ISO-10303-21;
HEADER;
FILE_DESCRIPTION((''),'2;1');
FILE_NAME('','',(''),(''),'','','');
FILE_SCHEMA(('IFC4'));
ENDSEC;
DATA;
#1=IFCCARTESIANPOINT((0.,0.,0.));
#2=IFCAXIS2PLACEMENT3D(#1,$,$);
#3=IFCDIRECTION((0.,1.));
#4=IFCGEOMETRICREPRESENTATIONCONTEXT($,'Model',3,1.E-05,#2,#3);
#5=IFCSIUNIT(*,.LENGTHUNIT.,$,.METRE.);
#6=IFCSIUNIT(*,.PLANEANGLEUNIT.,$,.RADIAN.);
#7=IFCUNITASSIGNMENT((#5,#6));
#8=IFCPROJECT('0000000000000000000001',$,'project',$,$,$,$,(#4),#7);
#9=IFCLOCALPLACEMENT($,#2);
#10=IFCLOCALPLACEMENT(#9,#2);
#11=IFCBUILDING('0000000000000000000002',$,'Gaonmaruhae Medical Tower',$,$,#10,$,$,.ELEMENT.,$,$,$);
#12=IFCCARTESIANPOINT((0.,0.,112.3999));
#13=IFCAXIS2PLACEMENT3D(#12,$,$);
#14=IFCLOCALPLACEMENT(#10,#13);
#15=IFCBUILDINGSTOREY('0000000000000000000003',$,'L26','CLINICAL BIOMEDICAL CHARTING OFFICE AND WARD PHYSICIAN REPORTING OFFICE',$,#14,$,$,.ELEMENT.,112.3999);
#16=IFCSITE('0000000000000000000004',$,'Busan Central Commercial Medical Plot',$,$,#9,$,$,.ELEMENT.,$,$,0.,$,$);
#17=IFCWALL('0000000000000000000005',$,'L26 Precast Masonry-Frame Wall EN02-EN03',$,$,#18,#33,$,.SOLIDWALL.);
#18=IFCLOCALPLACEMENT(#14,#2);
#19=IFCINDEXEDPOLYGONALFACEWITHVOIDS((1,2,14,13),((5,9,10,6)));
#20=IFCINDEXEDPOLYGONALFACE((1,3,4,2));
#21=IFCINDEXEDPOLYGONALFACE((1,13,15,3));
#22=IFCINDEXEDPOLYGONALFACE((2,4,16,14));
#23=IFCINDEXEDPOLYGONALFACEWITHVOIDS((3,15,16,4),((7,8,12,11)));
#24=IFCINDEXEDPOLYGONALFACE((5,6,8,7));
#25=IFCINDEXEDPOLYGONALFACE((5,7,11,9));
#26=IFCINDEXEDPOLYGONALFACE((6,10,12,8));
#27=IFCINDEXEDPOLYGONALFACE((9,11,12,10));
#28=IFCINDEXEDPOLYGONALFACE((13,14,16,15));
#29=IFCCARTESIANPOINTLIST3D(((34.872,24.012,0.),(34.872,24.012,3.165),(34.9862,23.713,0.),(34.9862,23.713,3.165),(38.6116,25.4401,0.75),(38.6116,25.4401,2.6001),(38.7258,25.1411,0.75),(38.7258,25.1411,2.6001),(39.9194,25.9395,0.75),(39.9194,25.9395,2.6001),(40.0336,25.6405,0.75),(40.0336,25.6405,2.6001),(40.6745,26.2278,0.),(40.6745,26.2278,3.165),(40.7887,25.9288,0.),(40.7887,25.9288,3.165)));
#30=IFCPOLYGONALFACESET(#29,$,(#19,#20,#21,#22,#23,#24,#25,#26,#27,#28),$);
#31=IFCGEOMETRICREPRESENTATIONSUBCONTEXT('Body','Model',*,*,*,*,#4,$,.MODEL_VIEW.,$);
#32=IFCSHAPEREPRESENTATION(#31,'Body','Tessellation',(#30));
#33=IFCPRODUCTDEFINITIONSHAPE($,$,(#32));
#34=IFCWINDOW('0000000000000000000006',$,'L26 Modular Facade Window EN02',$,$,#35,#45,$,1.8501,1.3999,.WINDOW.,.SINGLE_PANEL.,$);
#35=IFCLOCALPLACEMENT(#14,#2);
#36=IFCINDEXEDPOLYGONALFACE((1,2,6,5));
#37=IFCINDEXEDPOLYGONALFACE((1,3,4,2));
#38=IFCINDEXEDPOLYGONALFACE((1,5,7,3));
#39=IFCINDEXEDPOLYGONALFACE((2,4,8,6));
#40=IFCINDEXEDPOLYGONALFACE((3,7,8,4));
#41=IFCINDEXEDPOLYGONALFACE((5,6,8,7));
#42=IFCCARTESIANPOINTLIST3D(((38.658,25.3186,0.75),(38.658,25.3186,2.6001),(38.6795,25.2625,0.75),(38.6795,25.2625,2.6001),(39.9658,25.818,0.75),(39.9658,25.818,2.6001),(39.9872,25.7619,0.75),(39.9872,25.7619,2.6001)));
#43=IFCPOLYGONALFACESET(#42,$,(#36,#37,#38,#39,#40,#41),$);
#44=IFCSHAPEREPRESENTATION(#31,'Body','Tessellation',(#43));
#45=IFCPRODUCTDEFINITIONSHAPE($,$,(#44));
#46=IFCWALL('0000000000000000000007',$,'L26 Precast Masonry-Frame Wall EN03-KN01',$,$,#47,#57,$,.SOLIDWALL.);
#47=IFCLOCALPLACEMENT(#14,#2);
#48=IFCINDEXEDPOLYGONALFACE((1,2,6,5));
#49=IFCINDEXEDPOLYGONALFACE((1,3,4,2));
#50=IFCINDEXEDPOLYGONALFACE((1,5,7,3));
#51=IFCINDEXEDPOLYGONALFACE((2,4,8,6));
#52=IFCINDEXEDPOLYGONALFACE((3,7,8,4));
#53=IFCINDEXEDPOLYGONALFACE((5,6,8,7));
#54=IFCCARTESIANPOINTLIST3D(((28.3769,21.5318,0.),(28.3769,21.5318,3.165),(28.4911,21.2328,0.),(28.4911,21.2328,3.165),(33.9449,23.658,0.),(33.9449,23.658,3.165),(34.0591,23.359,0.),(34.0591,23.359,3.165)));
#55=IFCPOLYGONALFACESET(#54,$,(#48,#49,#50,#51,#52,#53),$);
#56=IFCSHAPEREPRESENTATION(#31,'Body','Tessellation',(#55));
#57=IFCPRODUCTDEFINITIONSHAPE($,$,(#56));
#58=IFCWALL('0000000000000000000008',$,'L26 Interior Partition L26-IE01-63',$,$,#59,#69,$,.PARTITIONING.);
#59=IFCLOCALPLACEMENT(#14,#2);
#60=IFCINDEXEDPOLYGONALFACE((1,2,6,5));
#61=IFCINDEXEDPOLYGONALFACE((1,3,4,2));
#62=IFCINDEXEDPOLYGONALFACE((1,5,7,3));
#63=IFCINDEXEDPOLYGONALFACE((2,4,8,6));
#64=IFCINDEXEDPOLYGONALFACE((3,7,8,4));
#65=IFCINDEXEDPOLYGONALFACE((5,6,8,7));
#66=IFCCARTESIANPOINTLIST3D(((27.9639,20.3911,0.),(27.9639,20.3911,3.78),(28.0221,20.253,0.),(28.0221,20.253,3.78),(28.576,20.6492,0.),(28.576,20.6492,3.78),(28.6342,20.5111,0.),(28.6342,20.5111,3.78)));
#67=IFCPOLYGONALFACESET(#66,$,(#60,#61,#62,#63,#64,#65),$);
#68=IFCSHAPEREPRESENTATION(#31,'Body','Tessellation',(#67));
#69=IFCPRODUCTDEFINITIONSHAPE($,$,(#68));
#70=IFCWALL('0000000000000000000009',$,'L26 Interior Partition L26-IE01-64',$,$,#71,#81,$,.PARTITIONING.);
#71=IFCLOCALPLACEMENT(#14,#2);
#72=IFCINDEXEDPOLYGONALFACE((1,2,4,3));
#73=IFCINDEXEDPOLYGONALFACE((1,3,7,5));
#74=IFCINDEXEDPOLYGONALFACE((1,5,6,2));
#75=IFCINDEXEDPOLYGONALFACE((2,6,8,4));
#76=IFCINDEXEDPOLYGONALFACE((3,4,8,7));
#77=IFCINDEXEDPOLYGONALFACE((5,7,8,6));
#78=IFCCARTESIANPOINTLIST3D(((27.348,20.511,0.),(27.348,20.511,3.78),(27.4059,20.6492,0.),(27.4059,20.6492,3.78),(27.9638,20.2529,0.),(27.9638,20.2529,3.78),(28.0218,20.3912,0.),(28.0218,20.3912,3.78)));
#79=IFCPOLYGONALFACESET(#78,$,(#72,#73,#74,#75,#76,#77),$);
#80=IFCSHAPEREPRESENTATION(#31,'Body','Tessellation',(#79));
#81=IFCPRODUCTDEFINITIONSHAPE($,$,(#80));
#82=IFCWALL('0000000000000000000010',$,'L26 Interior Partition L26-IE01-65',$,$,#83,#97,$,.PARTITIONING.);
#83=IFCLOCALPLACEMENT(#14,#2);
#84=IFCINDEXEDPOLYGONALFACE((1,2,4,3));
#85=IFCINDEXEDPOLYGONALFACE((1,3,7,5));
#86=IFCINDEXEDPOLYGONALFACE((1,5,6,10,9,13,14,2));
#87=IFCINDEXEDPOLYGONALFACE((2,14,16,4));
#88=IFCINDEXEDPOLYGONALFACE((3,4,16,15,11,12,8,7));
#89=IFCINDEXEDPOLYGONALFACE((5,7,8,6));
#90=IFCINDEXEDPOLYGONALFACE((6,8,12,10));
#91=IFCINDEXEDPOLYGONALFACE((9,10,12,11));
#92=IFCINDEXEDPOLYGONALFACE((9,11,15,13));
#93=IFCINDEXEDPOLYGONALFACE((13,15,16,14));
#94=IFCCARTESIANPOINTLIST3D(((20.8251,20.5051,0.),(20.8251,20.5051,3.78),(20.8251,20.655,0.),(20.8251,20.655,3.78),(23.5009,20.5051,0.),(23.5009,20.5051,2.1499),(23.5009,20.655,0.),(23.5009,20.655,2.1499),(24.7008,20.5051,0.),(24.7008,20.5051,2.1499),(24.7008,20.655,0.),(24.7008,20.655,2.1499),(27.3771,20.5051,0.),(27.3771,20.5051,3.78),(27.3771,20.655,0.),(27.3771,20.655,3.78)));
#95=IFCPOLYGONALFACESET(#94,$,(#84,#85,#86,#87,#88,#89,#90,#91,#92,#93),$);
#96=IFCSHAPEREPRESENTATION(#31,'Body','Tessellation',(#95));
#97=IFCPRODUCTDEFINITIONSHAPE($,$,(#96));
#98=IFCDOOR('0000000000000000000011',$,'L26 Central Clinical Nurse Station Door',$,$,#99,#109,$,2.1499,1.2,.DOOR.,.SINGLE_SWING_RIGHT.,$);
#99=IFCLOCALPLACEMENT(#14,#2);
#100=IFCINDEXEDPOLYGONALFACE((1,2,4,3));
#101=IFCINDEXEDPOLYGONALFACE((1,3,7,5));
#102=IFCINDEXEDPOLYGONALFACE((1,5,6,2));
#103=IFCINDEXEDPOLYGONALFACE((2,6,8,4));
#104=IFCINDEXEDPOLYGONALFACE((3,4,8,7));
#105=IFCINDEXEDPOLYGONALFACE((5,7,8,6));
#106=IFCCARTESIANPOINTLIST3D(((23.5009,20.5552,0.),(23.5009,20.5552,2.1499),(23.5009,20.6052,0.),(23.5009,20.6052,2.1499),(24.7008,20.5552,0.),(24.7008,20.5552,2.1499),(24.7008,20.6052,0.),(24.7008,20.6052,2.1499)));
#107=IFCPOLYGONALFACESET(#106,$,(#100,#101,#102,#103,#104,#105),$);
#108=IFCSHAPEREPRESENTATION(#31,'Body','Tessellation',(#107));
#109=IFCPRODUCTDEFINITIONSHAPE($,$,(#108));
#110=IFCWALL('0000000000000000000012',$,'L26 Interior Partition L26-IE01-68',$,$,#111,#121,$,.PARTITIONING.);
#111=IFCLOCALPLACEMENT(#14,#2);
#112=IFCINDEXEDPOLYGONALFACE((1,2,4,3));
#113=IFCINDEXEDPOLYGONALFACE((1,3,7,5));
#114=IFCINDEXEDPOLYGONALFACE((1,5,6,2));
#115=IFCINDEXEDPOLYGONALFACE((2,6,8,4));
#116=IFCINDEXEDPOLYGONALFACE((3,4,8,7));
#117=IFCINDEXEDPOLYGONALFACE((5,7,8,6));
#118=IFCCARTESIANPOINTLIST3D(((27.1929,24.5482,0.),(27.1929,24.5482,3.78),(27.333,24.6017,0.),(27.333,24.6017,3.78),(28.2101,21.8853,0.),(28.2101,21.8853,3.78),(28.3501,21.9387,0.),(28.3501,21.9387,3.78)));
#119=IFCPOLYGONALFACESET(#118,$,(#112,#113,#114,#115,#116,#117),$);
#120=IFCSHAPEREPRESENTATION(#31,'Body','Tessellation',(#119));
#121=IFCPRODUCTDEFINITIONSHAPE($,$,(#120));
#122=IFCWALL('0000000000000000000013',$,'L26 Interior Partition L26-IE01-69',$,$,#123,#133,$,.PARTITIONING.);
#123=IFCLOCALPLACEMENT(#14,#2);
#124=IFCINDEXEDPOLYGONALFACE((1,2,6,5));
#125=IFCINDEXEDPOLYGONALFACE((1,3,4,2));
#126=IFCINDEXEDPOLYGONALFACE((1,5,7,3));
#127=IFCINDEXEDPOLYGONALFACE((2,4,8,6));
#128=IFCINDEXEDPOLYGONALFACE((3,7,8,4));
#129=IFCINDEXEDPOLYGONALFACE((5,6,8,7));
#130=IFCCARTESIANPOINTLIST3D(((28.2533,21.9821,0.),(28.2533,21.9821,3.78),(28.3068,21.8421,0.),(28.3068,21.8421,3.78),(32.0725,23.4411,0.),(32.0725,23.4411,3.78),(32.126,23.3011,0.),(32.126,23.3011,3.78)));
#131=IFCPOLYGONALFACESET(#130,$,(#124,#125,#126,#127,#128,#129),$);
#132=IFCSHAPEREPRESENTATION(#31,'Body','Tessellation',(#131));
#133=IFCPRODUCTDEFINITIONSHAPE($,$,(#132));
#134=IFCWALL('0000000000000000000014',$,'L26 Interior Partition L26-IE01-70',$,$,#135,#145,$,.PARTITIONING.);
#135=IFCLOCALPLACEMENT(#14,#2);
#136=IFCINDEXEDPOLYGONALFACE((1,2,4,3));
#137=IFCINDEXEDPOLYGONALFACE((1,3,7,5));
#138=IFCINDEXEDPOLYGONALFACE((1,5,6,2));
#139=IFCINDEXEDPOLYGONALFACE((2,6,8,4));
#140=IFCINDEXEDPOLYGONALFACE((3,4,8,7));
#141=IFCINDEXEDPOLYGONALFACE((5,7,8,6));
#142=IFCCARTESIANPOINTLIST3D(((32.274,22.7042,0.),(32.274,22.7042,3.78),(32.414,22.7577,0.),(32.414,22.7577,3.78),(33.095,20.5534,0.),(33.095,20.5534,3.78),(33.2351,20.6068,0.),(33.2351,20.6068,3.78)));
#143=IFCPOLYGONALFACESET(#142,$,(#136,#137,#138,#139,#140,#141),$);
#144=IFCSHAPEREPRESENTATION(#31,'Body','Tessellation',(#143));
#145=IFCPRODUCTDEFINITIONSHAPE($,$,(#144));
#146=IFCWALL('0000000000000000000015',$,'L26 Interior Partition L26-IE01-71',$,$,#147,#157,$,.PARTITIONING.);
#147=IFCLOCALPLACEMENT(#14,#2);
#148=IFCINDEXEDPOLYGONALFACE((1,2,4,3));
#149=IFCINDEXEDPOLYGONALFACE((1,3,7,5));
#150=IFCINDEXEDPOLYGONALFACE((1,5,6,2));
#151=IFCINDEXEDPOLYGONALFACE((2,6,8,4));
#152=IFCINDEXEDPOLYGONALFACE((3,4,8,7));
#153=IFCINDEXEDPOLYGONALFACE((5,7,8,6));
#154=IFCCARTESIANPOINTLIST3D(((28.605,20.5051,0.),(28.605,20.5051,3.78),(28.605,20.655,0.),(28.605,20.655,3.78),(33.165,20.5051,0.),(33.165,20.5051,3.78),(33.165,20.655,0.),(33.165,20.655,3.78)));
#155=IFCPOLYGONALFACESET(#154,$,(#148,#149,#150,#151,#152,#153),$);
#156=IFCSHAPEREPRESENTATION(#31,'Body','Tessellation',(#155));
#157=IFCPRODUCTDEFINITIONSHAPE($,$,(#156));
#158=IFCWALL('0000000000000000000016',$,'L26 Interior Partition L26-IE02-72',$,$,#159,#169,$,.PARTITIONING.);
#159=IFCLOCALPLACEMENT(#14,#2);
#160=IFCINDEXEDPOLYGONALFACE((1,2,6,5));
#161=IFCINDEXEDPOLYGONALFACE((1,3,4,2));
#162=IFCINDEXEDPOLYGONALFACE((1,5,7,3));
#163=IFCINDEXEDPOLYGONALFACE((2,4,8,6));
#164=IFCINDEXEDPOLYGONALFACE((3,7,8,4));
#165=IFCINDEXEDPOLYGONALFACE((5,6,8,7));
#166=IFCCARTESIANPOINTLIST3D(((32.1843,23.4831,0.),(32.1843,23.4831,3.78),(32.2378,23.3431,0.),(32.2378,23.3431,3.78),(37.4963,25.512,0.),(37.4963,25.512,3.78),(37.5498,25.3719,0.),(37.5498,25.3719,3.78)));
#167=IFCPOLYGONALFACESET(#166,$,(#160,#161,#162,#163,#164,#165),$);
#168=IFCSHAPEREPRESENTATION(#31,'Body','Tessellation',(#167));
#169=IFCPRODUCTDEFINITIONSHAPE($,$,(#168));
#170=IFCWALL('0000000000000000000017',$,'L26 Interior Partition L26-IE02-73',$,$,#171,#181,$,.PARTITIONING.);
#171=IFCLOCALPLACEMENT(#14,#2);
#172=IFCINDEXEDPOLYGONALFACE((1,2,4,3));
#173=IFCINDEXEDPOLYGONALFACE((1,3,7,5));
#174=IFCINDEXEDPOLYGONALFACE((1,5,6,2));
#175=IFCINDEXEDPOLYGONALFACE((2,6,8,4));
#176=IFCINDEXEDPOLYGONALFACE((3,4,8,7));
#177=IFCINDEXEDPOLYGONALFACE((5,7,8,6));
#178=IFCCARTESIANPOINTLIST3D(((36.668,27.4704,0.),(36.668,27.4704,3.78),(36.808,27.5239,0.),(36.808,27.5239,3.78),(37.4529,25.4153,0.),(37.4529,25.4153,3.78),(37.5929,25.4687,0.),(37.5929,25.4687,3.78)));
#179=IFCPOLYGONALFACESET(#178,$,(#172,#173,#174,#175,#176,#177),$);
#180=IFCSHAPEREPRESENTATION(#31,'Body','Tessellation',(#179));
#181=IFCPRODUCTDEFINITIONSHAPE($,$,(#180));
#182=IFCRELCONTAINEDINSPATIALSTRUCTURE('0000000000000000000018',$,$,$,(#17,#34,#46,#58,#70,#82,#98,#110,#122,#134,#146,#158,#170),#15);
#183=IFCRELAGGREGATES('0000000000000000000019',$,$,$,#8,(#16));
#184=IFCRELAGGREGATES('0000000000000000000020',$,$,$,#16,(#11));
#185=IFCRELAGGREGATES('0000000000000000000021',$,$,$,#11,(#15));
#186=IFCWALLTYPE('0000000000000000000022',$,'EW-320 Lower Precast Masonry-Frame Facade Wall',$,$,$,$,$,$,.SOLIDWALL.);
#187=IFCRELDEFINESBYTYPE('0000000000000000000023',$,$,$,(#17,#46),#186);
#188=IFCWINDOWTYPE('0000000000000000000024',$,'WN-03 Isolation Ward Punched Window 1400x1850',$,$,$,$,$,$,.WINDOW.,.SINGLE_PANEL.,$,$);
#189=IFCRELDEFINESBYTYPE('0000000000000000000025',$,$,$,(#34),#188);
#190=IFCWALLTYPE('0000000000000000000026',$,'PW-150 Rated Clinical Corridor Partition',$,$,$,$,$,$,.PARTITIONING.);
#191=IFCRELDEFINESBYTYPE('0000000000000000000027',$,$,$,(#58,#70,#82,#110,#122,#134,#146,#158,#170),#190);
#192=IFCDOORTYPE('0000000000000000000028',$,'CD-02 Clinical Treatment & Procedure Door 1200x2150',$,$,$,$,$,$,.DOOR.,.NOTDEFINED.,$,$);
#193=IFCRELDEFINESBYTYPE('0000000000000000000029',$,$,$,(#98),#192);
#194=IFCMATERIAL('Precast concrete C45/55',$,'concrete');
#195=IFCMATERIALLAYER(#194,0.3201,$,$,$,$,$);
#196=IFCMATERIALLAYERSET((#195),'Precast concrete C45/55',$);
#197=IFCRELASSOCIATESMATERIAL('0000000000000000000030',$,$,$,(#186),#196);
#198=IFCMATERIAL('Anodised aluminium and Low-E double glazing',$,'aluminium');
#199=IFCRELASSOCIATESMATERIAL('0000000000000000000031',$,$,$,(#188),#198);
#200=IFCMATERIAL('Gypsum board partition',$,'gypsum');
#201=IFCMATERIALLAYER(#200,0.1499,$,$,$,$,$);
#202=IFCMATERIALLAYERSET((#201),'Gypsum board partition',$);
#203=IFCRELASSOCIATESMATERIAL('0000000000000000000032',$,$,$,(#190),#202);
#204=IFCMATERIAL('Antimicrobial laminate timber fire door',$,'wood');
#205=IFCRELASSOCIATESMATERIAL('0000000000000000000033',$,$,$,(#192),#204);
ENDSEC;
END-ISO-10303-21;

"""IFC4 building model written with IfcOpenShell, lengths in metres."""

from ifc_helpers import new_model, si_unit, direction, frame, frame_2d, origin, place, context, subcontext, project, spatial, rectangle, extrude, material, layer, layer_set, type_object, element, fill, save


model = new_model("IFC4")

# Units and contexts
model_context = context("Model", 3, precision=1e-05, world=origin(), true_north=direction((0.0, 1.0)))
body_context = subcontext(model_context, "Body", "Model", "MODEL_VIEW")
ifc_project = project(units=[si_unit("LENGTHUNIT", "METRE"), si_unit("PLANEANGLEUNIT", "RADIAN")], contexts=[model_context])

# Site, building, storey
site_placement = place(None, origin())
site = spatial("IfcSite", under=ifc_project, at=site_placement, Name="Busan Central Commercial Medical Plot", CompositionType="ELEMENT", RefElevation=0.0)
building_placement = place(site_placement, origin())
building = spatial("IfcBuilding", under=site, at=building_placement, Name="Gaonmaruhae Medical Tower", CompositionType="ELEMENT")
storey_placement = place(building_placement, frame((0.0, 0.0, 112.3999)))
storey = spatial("IfcBuildingStorey", under=building, at=storey_placement, Name="L26", Description="CLINICAL BIOMEDICAL CHARTING OFFICE AND WARD PHYSICIAN REPORTING OFFICE", CompositionType="ELEMENT", Elevation=112.3999)

# Wall, opening, window
ifc_material_1 = material(Name="Precast concrete C45/55", Category="concrete")
ifc_layer_1 = layer(ifc_material_1, 0.3201)
ifc_layer_set_1 = layer_set([ifc_layer_1], Name="Precast concrete C45/55")
wall_type_1 = type_object("IfcWallType", Name="EW-320 Lower Precast Masonry-Frame Facade Wall", PredefinedType="SOLIDWALL", material=ifc_layer_set_1)
wall_1_placement = place(storey_placement, frame((34.9292, 23.8625, 0.0), z_axis=(0.0, 0.0, 1.0), x_axis=(0.934201, 0.356747, 0.0)))
wall_1 = element("IfcWall", 1, at=wall_1_placement, inside=storey, type_object=wall_type_1, Name="L26 Precast Masonry-Frame Wall EN02-EN03", PredefinedType="SOLIDWALL", context=body_context, shape_type="SweptSolid", body=[
    extrude(rectangle(XDim=6.2112, YDim=0.3201, at=frame_2d((3.1055, 0.0))), origin(), (0.0, 0.0, 1.0), 3.165),
])
opening_1_placement = place(wall_1_placement, frame((4.0029, 0.0, 0.75)))
opening_1 = element("IfcOpeningElement", 2, at=opening_1_placement, cuts=wall_1, PredefinedType="OPENING", context=body_context, shape_type="SweptSolid", body=[
    extrude(rectangle(XDim=1.3999, YDim=1.8501, at=frame_2d((0.7, 0.925))), frame((0.0, 0.1699, 0.0), z_axis=(0.0, -1.0, 0.0), x_axis=(1.0, 0.0, 0.0)), (0.0, 0.0, 1.0), 0.3401),
])
ifc_material_2 = material(Name="Anodised aluminium and Low-E double glazing", Category="aluminium")
window_type = type_object("IfcWindowType", Name="WN-03 Isolation Ward Punched Window 1400x1850", PartitioningType="SINGLE_PANEL", PredefinedType="WINDOW", material=ifc_material_2)
window_placement = place(opening_1_placement, origin())
window = element("IfcWindow", 3, at=window_placement, inside=storey, type_object=window_type, Name="L26 Modular Facade Window EN02", OverallHeight=1.8501, OverallWidth=1.3999, PartitioningType="SINGLE_PANEL", PredefinedType="WINDOW", context=body_context, shape_type="SweptSolid", body=[
    extrude(rectangle(XDim=1.3999, YDim=1.8501, at=frame_2d((0.7, 0.925))), frame((0.0, 0.03, 0.0), z_axis=(0.0, -1.0, 0.0), x_axis=(1.0, 0.0, 0.0)), (0.0, 0.0, 1.0), 0.0601),
])
fill(opening_1, window)

# Walls
wall_2_placement = place(storey_placement, frame((28.4341, 21.3823, 0.0), z_axis=(0.0, 0.0, 1.0), x_axis=(0.934206, 0.356733, 0.0)))
element("IfcWall", 4, at=wall_2_placement, inside=storey, type_object=wall_type_1, Name="L26 Precast Masonry-Frame Wall EN03-KN01", PredefinedType="SOLIDWALL", context=body_context, shape_type="SweptSolid", body=[
    extrude(rectangle(XDim=5.9602, YDim=0.3201, at=frame_2d((2.98, 0.0))), origin(), (0.0, 0.0, 1.0), 3.165),
])
ifc_material_3 = material(Name="Gypsum board partition", Category="gypsum")
ifc_layer_2 = layer(ifc_material_3, 0.1499)
ifc_layer_set_2 = layer_set([ifc_layer_2], Name="Gypsum board partition")
wall_type_2 = type_object("IfcWallType", Name="PW-150 Rated Clinical Corridor Partition", PredefinedType="PARTITIONING", material=ifc_layer_set_2)
wall_3_placement = place(storey_placement, frame((28.605, 20.5801, 0.0), z_axis=(0.0, 0.0, 1.0), x_axis=(-0.921448, -0.388501, 0.0)))
element("IfcWall", 5, at=wall_3_placement, inside=storey, type_object=wall_type_2, Name="L26 Interior Partition L26-IE01-63", PredefinedType="PARTITIONING", context=body_context, shape_type="SweptSolid", body=[
    extrude(rectangle(XDim=0.6643, YDim=0.1499, at=frame_2d((0.332, 0.0))), origin(), (0.0, 0.0, 1.0), 3.78),
])
wall_4_placement = place(storey_placement, frame((27.9929, 20.322, 0.0), z_axis=(0.0, 0.0, 1.0), x_axis=(-0.922329, 0.386406, 0.0)))
element("IfcWall", 6, at=wall_4_placement, inside=storey, type_object=wall_type_2, Name="L26 Interior Partition L26-IE01-64", PredefinedType="PARTITIONING", context=body_context, shape_type="SweptSolid", body=[
    extrude(rectangle(XDim=0.6677, YDim=0.1499, at=frame_2d((0.334, 0.0))), origin(), (0.0, 0.0, 1.0), 3.78),
])

# Wall, opening, door
wall_5_placement = place(storey_placement, frame((27.377, 20.5801, 0.0), z_axis=(0.0, 0.0, 1.0), x_axis=(-1.0, 0.0, 0.0)))
wall_5 = element("IfcWall", 7, at=wall_5_placement, inside=storey, type_object=wall_type_2, Name="L26 Interior Partition L26-IE01-65", PredefinedType="PARTITIONING", context=body_context, shape_type="SweptSolid", body=[
    extrude(rectangle(XDim=6.552, YDim=0.1499, at=frame_2d((3.2759, 0.0))), origin(), (0.0, 0.0, 1.0), 3.78),
])
opening_2_placement = place(wall_5_placement, frame((2.676, 0.0, 0.0)))
opening_2 = element("IfcOpeningElement", 8, at=opening_2_placement, cuts=wall_5, PredefinedType="OPENING", context=body_context, shape_type="SweptSolid", body=[
    extrude(rectangle(XDim=1.2, YDim=2.1499, at=frame_2d((0.6001, 1.075))), frame((0.0, 0.085, 0.0), z_axis=(0.0, -1.0, 0.0), x_axis=(1.0, 0.0, 0.0)), (0.0, 0.0, 1.0), 0.1699),
])
ifc_material_4 = material(Name="Antimicrobial laminate timber fire door", Category="wood")
door_type = type_object("IfcDoorType", Name="CD-02 Clinical Treatment & Procedure Door 1200x2150", OperationType="NOTDEFINED", PredefinedType="DOOR", material=ifc_material_4)
door_placement = place(opening_2_placement, origin())
door = element("IfcDoor", 9, at=door_placement, inside=storey, type_object=door_type, Name="L26 Central Clinical Nurse Station Door", OperationType="SINGLE_SWING_RIGHT", OverallHeight=2.1499, OverallWidth=1.2, PredefinedType="DOOR", context=body_context, shape_type="SweptSolid", body=[
    extrude(rectangle(XDim=1.2, YDim=2.1499, at=frame_2d((0.6001, 1.075))), frame((0.0, 0.0249, 0.0), z_axis=(0.0, -1.0, 0.0), x_axis=(1.0, 0.0, 0.0)), (0.0, 0.0, 1.0), 0.05),
])
fill(opening_2, door)

# Walls
wall_6_placement = place(storey_placement, frame((27.2629, 24.575, 0.0), z_axis=(0.0, 0.0, 1.0), x_axis=(0.356814, -0.934175, 0.0)))
element("IfcWall", 10, at=wall_6_placement, inside=storey, type_object=wall_type_2, Name="L26 Interior Partition L26-IE01-68", PredefinedType="PARTITIONING", context=body_context, shape_type="SweptSolid", body=[
    extrude(rectangle(XDim=2.8506, YDim=0.1499, at=frame_2d((1.4253, 0.0))), origin(), (0.0, 0.0, 1.0), 3.78),
])
wall_7_placement = place(storey_placement, frame((28.28, 21.9121, 0.0), z_axis=(0.0, 0.0, 1.0), x_axis=(0.934154, 0.356869, 0.0)))
element("IfcWall", 11, at=wall_7_placement, inside=storey, type_object=wall_type_2, Name="L26 Interior Partition L26-IE01-69", PredefinedType="PARTITIONING", context=body_context, shape_type="SweptSolid", body=[
    extrude(rectangle(XDim=4.0884, YDim=0.1499, at=frame_2d((2.0442, 0.0))), origin(), (0.0, 0.0, 1.0), 3.78),
])
wall_8_placement = place(storey_placement, frame((32.344, 22.731, 0.0), z_axis=(0.0, 0.0, 1.0), x_axis=(0.356626, -0.934247, 0.0)))
element("IfcWall", 12, at=wall_8_placement, inside=storey, type_object=wall_type_2, Name="L26 Interior Partition L26-IE01-70", PredefinedType="PARTITIONING", context=body_context, shape_type="SweptSolid", body=[
    extrude(rectangle(XDim=2.3022, YDim=0.1499, at=frame_2d((1.1511, 0.0))), origin(), (0.0, 0.0, 1.0), 3.78),
])
wall_9_placement = place(storey_placement, frame((33.165, 20.5801, 0.0), z_axis=(0.0, 0.0, 1.0), x_axis=(-1.0, 0.0, 0.0)))
element("IfcWall", 13, at=wall_9_placement, inside=storey, type_object=wall_type_2, Name="L26 Interior Partition L26-IE01-71", PredefinedType="PARTITIONING", context=body_context, shape_type="SweptSolid", body=[
    extrude(rectangle(XDim=4.5601, YDim=0.1499, at=frame_2d((2.28, 0.0))), origin(), (0.0, 0.0, 1.0), 3.78),
])
wall_10_placement = place(storey_placement, frame((32.2109, 23.4131, 0.0), z_axis=(0.0, 0.0, 1.0), x_axis=(0.934184, 0.356791, 0.0)))
element("IfcWall", 14, at=wall_10_placement, inside=storey, type_object=wall_type_2, Name="L26 Interior Partition L26-IE02-72", PredefinedType="PARTITIONING", context=body_context, shape_type="SweptSolid", body=[
    extrude(rectangle(XDim=5.6863, YDim=0.1499, at=frame_2d((2.8433, 0.0))), origin(), (0.0, 0.0, 1.0), 3.78),
])
wall_11_placement = place(storey_placement, frame((37.5229, 25.4419, 0.0), z_axis=(0.0, 0.0, 1.0), x_axis=(-0.356784, 0.934187, 0.0)))
element("IfcWall", 15, at=wall_11_placement, inside=storey, type_object=wall_type_2, Name="L26 Interior Partition L26-IE02-73", PredefinedType="PARTITIONING", context=body_context, shape_type="SweptSolid", body=[
    extrude(rectangle(XDim=2.2, YDim=0.1499, at=frame_2d((1.1001, 0.0))), origin(), (0.0, 0.0, 1.0), 3.78),
])

save(model, "model.ifc")
